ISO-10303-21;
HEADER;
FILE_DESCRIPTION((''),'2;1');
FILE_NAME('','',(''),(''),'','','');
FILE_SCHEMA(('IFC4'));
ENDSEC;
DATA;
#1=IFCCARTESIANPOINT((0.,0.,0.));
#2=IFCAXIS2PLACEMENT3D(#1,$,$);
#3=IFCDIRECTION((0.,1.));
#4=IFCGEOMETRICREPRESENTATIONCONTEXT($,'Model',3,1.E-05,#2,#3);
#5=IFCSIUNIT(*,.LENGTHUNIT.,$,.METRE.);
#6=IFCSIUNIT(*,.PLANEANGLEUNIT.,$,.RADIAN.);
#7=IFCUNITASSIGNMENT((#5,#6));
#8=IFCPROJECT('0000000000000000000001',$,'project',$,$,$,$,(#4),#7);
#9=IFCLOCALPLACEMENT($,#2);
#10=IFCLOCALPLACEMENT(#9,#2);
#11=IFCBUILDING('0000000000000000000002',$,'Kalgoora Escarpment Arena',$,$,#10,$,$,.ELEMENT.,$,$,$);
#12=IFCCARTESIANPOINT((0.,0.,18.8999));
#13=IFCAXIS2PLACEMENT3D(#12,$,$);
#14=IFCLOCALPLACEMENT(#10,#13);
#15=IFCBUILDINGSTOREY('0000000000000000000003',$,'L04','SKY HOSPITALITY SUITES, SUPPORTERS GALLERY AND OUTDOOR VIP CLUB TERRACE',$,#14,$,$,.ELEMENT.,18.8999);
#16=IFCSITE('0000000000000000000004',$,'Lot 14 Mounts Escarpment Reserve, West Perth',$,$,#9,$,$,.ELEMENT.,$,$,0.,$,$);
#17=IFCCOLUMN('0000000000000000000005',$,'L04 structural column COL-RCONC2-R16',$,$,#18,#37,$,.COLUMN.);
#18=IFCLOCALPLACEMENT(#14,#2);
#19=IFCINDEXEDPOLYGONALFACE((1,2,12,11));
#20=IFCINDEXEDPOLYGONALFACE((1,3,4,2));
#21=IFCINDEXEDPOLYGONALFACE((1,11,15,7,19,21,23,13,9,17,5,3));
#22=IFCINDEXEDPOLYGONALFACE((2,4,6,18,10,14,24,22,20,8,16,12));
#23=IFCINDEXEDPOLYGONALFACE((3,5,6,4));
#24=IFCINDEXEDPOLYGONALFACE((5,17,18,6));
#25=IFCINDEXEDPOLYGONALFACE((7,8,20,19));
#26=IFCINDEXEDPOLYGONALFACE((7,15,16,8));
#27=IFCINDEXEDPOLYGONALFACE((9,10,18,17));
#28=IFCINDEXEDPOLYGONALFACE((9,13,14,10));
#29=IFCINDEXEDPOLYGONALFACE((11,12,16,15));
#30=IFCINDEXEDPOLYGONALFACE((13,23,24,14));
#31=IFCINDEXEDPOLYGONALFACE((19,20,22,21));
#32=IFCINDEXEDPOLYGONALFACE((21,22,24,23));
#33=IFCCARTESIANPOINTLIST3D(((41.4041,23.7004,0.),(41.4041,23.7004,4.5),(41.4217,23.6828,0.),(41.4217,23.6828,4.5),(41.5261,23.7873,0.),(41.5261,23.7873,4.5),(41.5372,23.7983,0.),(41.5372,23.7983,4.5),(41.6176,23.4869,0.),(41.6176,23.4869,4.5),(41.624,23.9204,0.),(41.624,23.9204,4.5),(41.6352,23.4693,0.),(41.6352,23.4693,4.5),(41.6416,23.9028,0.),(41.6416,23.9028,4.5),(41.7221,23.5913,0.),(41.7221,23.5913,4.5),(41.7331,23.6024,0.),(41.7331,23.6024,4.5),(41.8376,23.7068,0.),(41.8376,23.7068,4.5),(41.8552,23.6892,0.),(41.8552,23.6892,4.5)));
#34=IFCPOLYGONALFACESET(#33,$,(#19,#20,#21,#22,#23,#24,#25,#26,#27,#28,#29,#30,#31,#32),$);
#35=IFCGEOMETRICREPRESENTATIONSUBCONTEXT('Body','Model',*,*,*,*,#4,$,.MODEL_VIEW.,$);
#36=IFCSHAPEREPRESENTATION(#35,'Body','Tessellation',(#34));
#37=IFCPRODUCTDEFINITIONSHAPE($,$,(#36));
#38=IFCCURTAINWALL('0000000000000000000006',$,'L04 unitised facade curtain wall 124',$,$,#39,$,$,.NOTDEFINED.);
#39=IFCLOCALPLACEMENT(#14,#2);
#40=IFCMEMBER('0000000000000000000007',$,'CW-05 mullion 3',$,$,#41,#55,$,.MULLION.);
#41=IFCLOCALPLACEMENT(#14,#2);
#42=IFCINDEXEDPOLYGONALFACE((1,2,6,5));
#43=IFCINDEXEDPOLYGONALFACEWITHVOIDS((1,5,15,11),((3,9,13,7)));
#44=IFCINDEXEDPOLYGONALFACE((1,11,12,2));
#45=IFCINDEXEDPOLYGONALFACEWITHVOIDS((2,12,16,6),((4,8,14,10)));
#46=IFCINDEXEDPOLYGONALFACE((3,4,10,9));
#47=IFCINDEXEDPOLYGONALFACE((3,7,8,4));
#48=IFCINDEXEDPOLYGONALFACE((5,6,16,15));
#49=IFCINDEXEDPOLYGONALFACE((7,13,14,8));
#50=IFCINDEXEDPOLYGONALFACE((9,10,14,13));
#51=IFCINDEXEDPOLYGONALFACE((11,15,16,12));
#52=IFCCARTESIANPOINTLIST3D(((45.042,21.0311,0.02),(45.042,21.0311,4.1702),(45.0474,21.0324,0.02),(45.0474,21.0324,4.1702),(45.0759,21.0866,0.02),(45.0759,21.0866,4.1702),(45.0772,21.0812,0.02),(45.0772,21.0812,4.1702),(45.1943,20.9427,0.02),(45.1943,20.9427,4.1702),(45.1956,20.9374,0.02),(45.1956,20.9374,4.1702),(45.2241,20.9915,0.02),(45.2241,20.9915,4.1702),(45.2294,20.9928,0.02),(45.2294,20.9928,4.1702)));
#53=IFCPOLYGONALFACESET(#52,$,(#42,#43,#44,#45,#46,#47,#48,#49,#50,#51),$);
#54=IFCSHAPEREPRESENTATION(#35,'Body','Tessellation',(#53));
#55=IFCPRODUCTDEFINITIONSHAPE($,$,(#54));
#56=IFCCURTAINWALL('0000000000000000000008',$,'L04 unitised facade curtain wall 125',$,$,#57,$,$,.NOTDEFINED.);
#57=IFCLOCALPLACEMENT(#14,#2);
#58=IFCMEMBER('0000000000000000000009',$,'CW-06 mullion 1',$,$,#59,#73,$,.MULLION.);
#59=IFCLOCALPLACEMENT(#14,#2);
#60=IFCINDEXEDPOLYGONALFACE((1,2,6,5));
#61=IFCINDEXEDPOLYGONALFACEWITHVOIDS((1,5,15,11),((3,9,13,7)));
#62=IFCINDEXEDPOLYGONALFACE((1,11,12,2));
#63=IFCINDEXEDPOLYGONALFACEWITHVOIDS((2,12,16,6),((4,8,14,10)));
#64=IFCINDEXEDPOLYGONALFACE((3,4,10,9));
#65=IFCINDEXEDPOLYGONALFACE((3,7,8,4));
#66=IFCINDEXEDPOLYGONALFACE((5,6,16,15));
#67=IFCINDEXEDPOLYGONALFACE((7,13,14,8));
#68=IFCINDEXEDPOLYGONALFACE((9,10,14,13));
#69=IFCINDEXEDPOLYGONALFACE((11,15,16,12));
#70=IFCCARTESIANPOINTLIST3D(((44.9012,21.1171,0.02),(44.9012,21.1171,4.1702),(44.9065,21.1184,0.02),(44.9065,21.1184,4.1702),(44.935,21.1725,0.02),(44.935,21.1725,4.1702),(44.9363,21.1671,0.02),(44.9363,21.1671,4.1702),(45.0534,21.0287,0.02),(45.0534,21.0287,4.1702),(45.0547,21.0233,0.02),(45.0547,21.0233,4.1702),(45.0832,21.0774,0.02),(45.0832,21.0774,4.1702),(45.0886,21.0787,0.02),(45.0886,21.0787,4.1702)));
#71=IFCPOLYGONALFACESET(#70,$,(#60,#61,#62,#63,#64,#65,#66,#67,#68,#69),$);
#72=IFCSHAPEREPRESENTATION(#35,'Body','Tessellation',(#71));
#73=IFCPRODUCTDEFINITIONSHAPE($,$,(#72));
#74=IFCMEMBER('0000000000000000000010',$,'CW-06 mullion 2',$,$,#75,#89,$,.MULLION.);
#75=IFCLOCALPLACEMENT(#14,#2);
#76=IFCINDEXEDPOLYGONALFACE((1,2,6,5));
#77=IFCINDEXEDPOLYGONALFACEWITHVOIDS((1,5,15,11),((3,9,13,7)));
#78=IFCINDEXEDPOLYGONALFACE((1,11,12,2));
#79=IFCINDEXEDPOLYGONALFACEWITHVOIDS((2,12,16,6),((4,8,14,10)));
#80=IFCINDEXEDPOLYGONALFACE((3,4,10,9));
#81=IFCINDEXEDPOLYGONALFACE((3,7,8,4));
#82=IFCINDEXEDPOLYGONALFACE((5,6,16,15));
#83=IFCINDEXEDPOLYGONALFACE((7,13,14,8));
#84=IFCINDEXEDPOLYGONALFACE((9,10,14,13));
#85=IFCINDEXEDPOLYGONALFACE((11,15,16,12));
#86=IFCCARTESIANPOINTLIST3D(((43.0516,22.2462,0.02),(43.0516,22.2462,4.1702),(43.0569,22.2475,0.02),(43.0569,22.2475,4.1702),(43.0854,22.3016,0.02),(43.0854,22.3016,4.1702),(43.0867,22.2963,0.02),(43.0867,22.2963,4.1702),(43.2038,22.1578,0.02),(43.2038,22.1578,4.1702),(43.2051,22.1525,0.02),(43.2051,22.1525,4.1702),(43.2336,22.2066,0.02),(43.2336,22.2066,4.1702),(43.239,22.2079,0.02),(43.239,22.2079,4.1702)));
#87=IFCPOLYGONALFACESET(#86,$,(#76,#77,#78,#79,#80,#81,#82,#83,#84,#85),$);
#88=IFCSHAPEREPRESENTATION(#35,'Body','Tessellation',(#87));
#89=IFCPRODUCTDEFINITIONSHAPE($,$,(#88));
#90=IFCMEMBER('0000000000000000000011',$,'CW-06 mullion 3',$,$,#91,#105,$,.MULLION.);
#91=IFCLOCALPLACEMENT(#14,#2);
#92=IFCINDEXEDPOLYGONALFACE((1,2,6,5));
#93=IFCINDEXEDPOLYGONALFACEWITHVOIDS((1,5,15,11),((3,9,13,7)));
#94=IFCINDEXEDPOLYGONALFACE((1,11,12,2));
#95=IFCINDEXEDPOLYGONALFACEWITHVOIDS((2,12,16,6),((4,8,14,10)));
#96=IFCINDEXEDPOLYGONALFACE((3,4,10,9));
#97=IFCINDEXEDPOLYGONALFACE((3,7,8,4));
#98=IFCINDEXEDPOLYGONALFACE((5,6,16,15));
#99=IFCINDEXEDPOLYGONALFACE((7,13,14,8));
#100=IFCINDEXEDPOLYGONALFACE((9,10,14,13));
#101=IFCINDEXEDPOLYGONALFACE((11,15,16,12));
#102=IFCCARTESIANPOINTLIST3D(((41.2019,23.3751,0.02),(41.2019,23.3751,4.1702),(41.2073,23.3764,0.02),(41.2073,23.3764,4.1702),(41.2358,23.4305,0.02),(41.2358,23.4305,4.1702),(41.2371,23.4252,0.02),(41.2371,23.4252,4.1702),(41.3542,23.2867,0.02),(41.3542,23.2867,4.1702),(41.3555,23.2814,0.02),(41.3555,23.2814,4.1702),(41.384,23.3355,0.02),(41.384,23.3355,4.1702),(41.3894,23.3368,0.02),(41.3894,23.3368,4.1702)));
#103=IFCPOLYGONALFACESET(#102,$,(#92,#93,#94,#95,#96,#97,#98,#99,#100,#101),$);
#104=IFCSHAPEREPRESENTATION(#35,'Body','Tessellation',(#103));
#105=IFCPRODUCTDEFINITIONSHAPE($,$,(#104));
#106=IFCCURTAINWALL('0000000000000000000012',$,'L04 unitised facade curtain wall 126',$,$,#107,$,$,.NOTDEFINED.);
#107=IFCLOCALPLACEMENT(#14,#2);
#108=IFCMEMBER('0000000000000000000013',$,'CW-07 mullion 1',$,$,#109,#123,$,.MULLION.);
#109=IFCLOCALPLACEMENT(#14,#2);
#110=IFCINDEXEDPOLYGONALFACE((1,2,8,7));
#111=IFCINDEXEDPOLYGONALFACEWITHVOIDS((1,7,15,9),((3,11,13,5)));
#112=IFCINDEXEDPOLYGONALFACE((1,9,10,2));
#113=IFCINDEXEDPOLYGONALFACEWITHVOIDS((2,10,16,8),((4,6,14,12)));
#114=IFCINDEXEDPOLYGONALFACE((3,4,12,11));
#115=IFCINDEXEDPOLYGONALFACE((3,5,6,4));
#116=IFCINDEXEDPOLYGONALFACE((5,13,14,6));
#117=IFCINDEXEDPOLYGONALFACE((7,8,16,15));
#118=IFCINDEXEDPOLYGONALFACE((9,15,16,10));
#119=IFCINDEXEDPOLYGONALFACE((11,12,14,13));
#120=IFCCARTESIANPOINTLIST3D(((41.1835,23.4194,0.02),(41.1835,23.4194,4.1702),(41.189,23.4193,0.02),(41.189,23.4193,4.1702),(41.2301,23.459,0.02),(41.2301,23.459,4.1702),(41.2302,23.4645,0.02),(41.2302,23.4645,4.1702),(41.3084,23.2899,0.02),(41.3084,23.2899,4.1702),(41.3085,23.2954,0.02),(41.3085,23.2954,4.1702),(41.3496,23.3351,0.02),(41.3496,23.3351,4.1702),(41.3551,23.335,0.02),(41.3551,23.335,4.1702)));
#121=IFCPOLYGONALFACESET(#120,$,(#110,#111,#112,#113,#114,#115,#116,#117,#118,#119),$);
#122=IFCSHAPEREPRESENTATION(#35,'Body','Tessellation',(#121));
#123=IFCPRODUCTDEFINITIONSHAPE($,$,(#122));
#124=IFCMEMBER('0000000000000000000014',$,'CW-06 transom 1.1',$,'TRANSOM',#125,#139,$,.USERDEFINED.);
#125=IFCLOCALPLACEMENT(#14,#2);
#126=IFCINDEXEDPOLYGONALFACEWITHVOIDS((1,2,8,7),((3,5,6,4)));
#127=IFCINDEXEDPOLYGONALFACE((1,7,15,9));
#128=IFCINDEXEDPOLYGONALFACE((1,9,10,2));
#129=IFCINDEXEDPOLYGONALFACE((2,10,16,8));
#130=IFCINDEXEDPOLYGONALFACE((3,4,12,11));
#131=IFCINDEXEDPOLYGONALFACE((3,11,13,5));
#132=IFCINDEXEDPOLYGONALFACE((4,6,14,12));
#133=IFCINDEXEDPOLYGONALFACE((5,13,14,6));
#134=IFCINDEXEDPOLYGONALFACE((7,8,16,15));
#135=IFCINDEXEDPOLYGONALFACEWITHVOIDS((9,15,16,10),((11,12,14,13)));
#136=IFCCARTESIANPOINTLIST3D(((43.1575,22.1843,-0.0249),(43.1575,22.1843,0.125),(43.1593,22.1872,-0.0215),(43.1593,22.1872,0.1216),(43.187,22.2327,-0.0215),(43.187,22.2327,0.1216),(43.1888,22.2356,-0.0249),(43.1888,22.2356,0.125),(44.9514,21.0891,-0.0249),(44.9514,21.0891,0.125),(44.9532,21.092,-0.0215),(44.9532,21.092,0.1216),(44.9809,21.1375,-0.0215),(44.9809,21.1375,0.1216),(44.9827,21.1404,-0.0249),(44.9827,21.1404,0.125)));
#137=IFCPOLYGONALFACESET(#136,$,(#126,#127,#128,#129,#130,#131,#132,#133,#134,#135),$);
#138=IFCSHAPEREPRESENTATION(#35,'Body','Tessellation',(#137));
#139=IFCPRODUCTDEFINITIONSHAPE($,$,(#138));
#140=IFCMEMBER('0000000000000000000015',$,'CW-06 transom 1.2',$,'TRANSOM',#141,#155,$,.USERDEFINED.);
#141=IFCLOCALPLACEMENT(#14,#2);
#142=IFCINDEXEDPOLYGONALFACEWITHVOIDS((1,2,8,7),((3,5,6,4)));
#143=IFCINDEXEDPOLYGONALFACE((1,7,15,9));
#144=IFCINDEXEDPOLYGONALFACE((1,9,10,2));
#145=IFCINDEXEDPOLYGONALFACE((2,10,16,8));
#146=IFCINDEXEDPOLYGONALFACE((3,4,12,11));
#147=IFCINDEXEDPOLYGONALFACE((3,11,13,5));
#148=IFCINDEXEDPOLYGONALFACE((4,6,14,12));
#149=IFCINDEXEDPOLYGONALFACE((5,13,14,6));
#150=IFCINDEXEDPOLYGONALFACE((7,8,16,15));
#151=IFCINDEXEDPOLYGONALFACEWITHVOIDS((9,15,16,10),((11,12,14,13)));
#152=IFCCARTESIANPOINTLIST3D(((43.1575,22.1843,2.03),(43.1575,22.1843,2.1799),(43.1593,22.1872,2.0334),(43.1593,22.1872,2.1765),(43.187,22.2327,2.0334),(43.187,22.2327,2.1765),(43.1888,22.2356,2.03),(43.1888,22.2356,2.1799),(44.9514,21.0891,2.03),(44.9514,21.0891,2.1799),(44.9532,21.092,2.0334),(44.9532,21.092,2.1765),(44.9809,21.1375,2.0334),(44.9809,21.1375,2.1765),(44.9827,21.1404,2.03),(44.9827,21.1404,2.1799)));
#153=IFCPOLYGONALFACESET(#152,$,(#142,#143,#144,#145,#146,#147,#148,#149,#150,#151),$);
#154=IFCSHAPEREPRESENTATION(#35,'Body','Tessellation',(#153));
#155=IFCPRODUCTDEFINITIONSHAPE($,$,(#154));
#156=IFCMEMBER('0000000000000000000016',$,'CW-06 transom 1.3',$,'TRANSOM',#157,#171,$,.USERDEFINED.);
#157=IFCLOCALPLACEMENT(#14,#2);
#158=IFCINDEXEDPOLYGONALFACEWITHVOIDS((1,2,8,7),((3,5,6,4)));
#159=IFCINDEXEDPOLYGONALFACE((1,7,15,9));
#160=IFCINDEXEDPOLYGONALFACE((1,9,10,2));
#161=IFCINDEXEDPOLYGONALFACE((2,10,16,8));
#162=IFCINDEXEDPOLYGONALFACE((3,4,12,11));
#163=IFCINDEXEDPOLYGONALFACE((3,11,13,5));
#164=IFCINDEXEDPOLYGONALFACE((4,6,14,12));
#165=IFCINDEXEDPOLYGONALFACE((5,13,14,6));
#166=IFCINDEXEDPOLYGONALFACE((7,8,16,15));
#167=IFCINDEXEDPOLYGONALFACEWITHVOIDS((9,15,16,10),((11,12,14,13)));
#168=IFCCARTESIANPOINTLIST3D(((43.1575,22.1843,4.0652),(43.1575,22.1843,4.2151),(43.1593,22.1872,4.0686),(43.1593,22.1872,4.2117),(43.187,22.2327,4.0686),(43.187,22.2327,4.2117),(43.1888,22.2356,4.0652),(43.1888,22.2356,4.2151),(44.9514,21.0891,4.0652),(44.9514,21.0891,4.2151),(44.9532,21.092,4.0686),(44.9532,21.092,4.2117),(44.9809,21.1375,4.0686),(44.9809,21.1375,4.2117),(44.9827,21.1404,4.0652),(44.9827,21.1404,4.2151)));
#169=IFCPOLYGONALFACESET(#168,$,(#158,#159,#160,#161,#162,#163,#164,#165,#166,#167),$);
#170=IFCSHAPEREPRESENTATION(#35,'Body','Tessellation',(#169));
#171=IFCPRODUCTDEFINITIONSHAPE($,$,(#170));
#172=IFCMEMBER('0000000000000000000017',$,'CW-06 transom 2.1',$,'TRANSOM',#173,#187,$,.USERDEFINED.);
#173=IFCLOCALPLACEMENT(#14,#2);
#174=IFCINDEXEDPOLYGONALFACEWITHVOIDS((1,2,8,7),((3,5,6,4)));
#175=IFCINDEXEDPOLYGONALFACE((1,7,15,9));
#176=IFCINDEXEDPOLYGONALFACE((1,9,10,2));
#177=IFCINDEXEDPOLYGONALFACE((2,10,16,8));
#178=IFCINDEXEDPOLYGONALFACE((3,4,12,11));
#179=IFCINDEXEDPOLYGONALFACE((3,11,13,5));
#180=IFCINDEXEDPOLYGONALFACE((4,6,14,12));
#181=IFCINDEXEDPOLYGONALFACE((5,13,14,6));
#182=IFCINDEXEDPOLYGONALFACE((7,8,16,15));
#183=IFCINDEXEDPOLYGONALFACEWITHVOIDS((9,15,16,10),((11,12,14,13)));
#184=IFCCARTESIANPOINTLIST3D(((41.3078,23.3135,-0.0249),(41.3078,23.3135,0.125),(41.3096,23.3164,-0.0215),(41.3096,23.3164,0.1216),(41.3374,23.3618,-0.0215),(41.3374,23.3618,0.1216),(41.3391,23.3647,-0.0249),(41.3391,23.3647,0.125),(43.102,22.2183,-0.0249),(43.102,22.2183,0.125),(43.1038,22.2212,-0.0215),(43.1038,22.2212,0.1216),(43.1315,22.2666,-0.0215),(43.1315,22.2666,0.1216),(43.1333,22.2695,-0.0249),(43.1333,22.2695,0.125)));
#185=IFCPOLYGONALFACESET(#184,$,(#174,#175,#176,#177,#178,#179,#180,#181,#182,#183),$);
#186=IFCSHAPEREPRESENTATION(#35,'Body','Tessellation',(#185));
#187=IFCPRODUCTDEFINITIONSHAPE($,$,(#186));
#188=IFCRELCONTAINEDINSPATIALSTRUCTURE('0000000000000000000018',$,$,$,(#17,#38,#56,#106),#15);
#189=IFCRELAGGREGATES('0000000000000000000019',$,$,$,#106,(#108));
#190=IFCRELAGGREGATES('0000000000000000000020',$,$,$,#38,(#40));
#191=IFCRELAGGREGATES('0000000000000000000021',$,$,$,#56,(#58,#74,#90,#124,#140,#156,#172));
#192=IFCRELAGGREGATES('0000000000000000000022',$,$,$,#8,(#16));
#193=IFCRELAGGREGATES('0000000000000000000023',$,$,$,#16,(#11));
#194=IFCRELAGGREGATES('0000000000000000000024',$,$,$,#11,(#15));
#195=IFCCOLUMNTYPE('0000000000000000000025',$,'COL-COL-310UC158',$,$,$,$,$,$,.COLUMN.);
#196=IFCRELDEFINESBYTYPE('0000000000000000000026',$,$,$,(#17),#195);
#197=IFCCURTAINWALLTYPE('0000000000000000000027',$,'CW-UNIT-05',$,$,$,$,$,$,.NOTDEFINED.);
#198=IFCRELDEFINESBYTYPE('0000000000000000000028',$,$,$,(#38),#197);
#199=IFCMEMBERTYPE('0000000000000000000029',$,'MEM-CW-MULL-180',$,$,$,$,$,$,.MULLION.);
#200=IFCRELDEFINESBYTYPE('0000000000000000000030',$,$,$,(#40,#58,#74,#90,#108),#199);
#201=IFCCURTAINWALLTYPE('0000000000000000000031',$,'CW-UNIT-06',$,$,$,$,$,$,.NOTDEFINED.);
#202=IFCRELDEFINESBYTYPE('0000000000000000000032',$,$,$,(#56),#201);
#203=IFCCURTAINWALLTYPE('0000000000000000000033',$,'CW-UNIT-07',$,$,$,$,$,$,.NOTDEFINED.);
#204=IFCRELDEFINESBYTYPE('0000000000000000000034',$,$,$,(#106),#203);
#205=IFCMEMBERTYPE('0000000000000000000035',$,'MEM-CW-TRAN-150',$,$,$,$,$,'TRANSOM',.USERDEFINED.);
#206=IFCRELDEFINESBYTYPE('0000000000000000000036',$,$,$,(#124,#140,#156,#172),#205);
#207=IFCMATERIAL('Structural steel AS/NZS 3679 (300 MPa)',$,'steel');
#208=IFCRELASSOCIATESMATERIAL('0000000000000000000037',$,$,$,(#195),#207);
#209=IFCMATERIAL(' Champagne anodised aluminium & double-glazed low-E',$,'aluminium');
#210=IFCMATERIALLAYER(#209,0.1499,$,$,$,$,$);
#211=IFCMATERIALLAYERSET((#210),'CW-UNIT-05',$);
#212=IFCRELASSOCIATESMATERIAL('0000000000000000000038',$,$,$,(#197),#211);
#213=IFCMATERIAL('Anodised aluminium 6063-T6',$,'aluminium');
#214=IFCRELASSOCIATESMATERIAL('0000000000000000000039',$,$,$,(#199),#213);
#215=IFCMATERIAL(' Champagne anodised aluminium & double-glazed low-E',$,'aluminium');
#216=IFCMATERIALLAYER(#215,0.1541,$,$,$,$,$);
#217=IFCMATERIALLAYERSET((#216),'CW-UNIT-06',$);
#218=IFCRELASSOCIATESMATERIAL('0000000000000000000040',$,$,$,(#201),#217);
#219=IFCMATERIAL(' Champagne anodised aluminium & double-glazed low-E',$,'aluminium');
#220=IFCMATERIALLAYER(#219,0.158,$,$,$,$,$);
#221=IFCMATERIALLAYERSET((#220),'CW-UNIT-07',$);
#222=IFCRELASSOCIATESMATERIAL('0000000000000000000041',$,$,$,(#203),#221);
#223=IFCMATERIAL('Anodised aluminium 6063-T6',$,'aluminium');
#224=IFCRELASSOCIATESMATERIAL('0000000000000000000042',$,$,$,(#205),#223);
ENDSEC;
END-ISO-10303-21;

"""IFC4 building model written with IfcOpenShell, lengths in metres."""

from ifc_helpers import new_model, si_unit, direction, frame, origin, origin_2d, place, context, subcontext, project, spatial, hollow_rectangle, i_section, extrude, material, layer, layer_set, material_profile, profile_set, type_object, element, aggregate, save


model = new_model("IFC4")

# Units and contexts
model_context = context("Model", 3, precision=1e-05, world=origin(), true_north=direction((0.0, 1.0)))
body_context = subcontext(model_context, "Body", "Model", "MODEL_VIEW")
ifc_project = project(units=[si_unit("LENGTHUNIT", "METRE"), si_unit("PLANEANGLEUNIT", "RADIAN")], contexts=[model_context])

# Site, building, storey
site_placement = place(None, origin())
site = spatial("IfcSite", under=ifc_project, at=site_placement, Name="Lot 14 Mounts Escarpment Reserve, West Perth", CompositionType="ELEMENT", RefElevation=0.0)
building_placement = place(site_placement, origin())
building = spatial("IfcBuilding", under=site, at=building_placement, Name="Kalgoora Escarpment Arena", CompositionType="ELEMENT")
storey_placement = place(building_placement, frame((0.0, 0.0, 18.8999)))
storey = spatial("IfcBuildingStorey", under=building, at=storey_placement, Name="L04", Description="SKY HOSPITALITY SUITES, SUPPORTERS GALLERY AND OUTDOOR VIP CLUB TERRACE", CompositionType="ELEMENT", Elevation=18.8999)

# Column
ifc_material_1 = material(Name="Structural steel AS/NZS 3679 (300 MPa)", Category="steel")
ifc_material_profile_1 = material_profile(ifc_material_1, i_section(OverallWidth=0.311, OverallDepth=0.3269, WebThickness=0.0156, FlangeThickness=0.0249, at=origin_2d()))
ifc_profile_set_1 = profile_set([ifc_material_profile_1], Name="Structural steel AS/NZS 3679 (300 MPa)")
column_type = type_object("IfcColumnType", Name="COL-COL-310UC158", PredefinedType="COLUMN", material=ifc_profile_set_1)
column_placement = place(storey_placement, frame((41.6296, 23.6948, 0.0), z_axis=(0.0, 0.0, 1.0), x_axis=(-0.707107, -0.707107, 0.0)))
element("IfcColumn", 1, at=column_placement, inside=storey, type_object=column_type, Name="L04 structural column COL-RCONC2-R16", PredefinedType="COLUMN", context=body_context, shape_type="SweptSolid", body=[
    extrude(i_section(OverallWidth=0.311, OverallDepth=0.3269, WebThickness=0.0156, FlangeThickness=0.0249, at=origin_2d()), origin(), (0.0, 0.0, 1.0), 4.5),
])

# Curtain wall, member
ifc_material_2 = material(Name=" Champagne anodised aluminium & double-glazed low-E", Category="aluminium")
ifc_layer_1 = layer(ifc_material_2, 0.1499)
ifc_layer_set_1 = layer_set([ifc_layer_1], Name="CW-UNIT-05")
curtain_wall_type_1 = type_object("IfcCurtainWallType", Name="CW-UNIT-05", PredefinedType="NOTDEFINED", material=ifc_layer_set_1)
curtain_wall_1_placement = place(storey_placement, origin())
curtain_wall_1 = element("IfcCurtainWall", 2, at=curtain_wall_1_placement, inside=storey, type_object=curtain_wall_type_1, Name="L04 unitised facade curtain wall 124", PredefinedType="NOTDEFINED")
ifc_material_3 = material(Name="Anodised aluminium 6063-T6", Category="aluminium")
ifc_material_profile_2 = material_profile(ifc_material_3, hollow_rectangle(XDim=0.0649, YDim=0.1799, WallThickness=0.0039, at=origin_2d()))
ifc_profile_set_2 = profile_set([ifc_material_profile_2], Name="Anodised aluminium 6063-T6")
member_type_1 = type_object("IfcMemberType", Name="MEM-CW-MULL-180", PredefinedType="MULLION", material=ifc_profile_set_2)
member_1_placement = place(storey_placement, frame((45.1357, 21.012, 0.02), z_axis=(0.0, 0.0, 1.0), x_axis=(-0.521067, -0.853516, 0.0)))
member_1 = element("IfcMember", 3, at=member_1_placement, type_object=member_type_1, Name="CW-05 mullion 3", PredefinedType="MULLION", context=body_context, shape_type="SweptSolid", body=[
    extrude(hollow_rectangle(XDim=0.0649, YDim=0.1799, WallThickness=0.0039, at=origin_2d()), origin(), (0.0, 0.0, 1.0), 4.1501),
])

# Curtain wall, members
ifc_material_4 = material(Name=" Champagne anodised aluminium & double-glazed low-E", Category="aluminium")
ifc_layer_2 = layer(ifc_material_4, 0.1541)
ifc_layer_set_2 = layer_set([ifc_layer_2], Name="CW-UNIT-06")
curtain_wall_type_2 = type_object("IfcCurtainWallType", Name="CW-UNIT-06", PredefinedType="NOTDEFINED", material=ifc_layer_set_2)
curtain_wall_2_placement = place(storey_placement, origin())
curtain_wall_2 = element("IfcCurtainWall", 4, at=curtain_wall_2_placement, inside=storey, type_object=curtain_wall_type_2, Name="L04 unitised facade curtain wall 125", PredefinedType="NOTDEFINED")
member_2_placement = place(storey_placement, frame((44.9949, 21.0979, 0.02), z_axis=(0.0, 0.0, 1.0), x_axis=(-0.52104, -0.853532, 0.0)))
member_2 = element("IfcMember", 5, at=member_2_placement, type_object=member_type_1, Name="CW-06 mullion 1", PredefinedType="MULLION", context=body_context, shape_type="SweptSolid", body=[
    extrude(hollow_rectangle(XDim=0.0649, YDim=0.1799, WallThickness=0.0039, at=origin_2d()), origin(), (0.0, 0.0, 1.0), 4.1501),
])
member_3_placement = place(storey_placement, frame((43.1453, 22.2271, 0.02), z_axis=(0.0, 0.0, 1.0), x_axis=(-0.52104, -0.853532, 0.0)))
member_3 = element("IfcMember", 6, at=member_3_placement, type_object=member_type_1, Name="CW-06 mullion 2", PredefinedType="MULLION", context=body_context, shape_type="SweptSolid", body=[
    extrude(hollow_rectangle(XDim=0.0649, YDim=0.1799, WallThickness=0.0039, at=origin_2d()), origin(), (0.0, 0.0, 1.0), 4.1501),
])
member_4_placement = place(storey_placement, frame((41.2957, 23.356, 0.02), z_axis=(0.0, 0.0, 1.0), x_axis=(-0.52104, -0.853532, 0.0)))
member_4 = element("IfcMember", 7, at=member_4_placement, type_object=member_type_1, Name="CW-06 mullion 3", PredefinedType="MULLION", context=body_context, shape_type="SweptSolid", body=[
    extrude(hollow_rectangle(XDim=0.0649, YDim=0.1799, WallThickness=0.0039, at=origin_2d()), origin(), (0.0, 0.0, 1.0), 4.1501),
])

# Curtain wall, member
ifc_material_5 = material(Name=" Champagne anodised aluminium & double-glazed low-E", Category="aluminium")
ifc_layer_3 = layer(ifc_material_5, 0.158)
ifc_layer_set_3 = layer_set([ifc_layer_3], Name="CW-UNIT-07")
curtain_wall_type_3 = type_object("IfcCurtainWallType", Name="CW-UNIT-07", PredefinedType="NOTDEFINED", material=ifc_layer_set_3)
curtain_wall_3_placement = place(storey_placement, origin())
curtain_wall_3 = element("IfcCurtainWall", 8, at=curtain_wall_3_placement, inside=storey, type_object=curtain_wall_type_3, Name="L04 unitised facade curtain wall 126", PredefinedType="NOTDEFINED")
member_5_placement = place(storey_placement, frame((41.2693, 23.3772, 0.02), z_axis=(0.0, 0.0, 1.0), x_axis=(-0.71978, -0.694202, 0.0)))
member_5 = element("IfcMember", 9, at=member_5_placement, type_object=member_type_1, Name="CW-07 mullion 1", PredefinedType="MULLION", context=body_context, shape_type="SweptSolid", body=[
    extrude(hollow_rectangle(XDim=0.0649, YDim=0.1799, WallThickness=0.0039, at=origin_2d()), origin(), (0.0, 0.0, 1.0), 4.1501),
])

# Members
ifc_material_6 = material(Name="Anodised aluminium 6063-T6", Category="aluminium")
ifc_material_profile_3 = material_profile(ifc_material_6, hollow_rectangle(XDim=0.0601, YDim=0.1499, WallThickness=0.0034, at=origin_2d()))
ifc_profile_set_3 = profile_set([ifc_material_profile_3], Name="Anodised aluminium 6063-T6")
member_type_2 = type_object("IfcMemberType", Name="MEM-CW-TRAN-150", ElementType="TRANSOM", PredefinedType="USERDEFINED", material=ifc_profile_set_3)
member_6_placement = place(storey_placement, frame((44.967, 21.1147, 0.05), z_axis=(-0.853511, 0.521074, 0.0), x_axis=(-0.521074, -0.853511, 0.0)))
member_6 = element("IfcMember", 10, at=member_6_placement, type_object=member_type_2, Name="CW-06 transom 1.1", ObjectType="TRANSOM", PredefinedType="USERDEFINED", context=body_context, shape_type="SweptSolid", body=[
    extrude(hollow_rectangle(XDim=0.0601, YDim=0.1499, WallThickness=0.0034, at=origin_2d()), origin(), (0.0, 0.0, 1.0), 2.1018),
])
member_7_placement = place(storey_placement, frame((44.967, 21.1147, 2.105), z_axis=(-0.853511, 0.521074, 0.0), x_axis=(-0.521074, -0.853511, 0.0)))
member_7 = element("IfcMember", 11, at=member_7_placement, type_object=member_type_2, Name="CW-06 transom 1.2", ObjectType="TRANSOM", PredefinedType="USERDEFINED", context=body_context, shape_type="SweptSolid", body=[
    extrude(hollow_rectangle(XDim=0.0601, YDim=0.1499, WallThickness=0.0034, at=origin_2d()), origin(), (0.0, 0.0, 1.0), 2.1018),
])
member_8_placement = place(storey_placement, frame((44.967, 21.1147, 4.1401), z_axis=(-0.853511, 0.521074, 0.0), x_axis=(-0.521074, -0.853511, 0.0)))
member_8 = element("IfcMember", 12, at=member_8_placement, type_object=member_type_2, Name="CW-06 transom 1.3", ObjectType="TRANSOM", PredefinedType="USERDEFINED", context=body_context, shape_type="SweptSolid", body=[
    extrude(hollow_rectangle(XDim=0.0601, YDim=0.1499, WallThickness=0.0034, at=origin_2d()), origin(), (0.0, 0.0, 1.0), 2.1018),
])
member_9_placement = place(storey_placement, frame((43.1177, 22.2439, 0.05), z_axis=(-0.853543, 0.521022, 0.0), x_axis=(-0.521022, -0.853543, 0.0)))
member_9 = element("IfcMember", 13, at=member_9_placement, type_object=member_type_2, Name="CW-06 transom 2.1", ObjectType="TRANSOM", PredefinedType="USERDEFINED", context=body_context, shape_type="SweptSolid", body=[
    extrude(hollow_rectangle(XDim=0.0601, YDim=0.1499, WallThickness=0.0034, at=origin_2d()), origin(), (0.0, 0.0, 1.0), 2.1021),
])
aggregate(curtain_wall_3, [member_5])

aggregate(curtain_wall_1, [member_1])
aggregate(curtain_wall_2, [member_2, member_3, member_4, member_6, member_7, member_8, member_9])

save(model, "model.ifc")
